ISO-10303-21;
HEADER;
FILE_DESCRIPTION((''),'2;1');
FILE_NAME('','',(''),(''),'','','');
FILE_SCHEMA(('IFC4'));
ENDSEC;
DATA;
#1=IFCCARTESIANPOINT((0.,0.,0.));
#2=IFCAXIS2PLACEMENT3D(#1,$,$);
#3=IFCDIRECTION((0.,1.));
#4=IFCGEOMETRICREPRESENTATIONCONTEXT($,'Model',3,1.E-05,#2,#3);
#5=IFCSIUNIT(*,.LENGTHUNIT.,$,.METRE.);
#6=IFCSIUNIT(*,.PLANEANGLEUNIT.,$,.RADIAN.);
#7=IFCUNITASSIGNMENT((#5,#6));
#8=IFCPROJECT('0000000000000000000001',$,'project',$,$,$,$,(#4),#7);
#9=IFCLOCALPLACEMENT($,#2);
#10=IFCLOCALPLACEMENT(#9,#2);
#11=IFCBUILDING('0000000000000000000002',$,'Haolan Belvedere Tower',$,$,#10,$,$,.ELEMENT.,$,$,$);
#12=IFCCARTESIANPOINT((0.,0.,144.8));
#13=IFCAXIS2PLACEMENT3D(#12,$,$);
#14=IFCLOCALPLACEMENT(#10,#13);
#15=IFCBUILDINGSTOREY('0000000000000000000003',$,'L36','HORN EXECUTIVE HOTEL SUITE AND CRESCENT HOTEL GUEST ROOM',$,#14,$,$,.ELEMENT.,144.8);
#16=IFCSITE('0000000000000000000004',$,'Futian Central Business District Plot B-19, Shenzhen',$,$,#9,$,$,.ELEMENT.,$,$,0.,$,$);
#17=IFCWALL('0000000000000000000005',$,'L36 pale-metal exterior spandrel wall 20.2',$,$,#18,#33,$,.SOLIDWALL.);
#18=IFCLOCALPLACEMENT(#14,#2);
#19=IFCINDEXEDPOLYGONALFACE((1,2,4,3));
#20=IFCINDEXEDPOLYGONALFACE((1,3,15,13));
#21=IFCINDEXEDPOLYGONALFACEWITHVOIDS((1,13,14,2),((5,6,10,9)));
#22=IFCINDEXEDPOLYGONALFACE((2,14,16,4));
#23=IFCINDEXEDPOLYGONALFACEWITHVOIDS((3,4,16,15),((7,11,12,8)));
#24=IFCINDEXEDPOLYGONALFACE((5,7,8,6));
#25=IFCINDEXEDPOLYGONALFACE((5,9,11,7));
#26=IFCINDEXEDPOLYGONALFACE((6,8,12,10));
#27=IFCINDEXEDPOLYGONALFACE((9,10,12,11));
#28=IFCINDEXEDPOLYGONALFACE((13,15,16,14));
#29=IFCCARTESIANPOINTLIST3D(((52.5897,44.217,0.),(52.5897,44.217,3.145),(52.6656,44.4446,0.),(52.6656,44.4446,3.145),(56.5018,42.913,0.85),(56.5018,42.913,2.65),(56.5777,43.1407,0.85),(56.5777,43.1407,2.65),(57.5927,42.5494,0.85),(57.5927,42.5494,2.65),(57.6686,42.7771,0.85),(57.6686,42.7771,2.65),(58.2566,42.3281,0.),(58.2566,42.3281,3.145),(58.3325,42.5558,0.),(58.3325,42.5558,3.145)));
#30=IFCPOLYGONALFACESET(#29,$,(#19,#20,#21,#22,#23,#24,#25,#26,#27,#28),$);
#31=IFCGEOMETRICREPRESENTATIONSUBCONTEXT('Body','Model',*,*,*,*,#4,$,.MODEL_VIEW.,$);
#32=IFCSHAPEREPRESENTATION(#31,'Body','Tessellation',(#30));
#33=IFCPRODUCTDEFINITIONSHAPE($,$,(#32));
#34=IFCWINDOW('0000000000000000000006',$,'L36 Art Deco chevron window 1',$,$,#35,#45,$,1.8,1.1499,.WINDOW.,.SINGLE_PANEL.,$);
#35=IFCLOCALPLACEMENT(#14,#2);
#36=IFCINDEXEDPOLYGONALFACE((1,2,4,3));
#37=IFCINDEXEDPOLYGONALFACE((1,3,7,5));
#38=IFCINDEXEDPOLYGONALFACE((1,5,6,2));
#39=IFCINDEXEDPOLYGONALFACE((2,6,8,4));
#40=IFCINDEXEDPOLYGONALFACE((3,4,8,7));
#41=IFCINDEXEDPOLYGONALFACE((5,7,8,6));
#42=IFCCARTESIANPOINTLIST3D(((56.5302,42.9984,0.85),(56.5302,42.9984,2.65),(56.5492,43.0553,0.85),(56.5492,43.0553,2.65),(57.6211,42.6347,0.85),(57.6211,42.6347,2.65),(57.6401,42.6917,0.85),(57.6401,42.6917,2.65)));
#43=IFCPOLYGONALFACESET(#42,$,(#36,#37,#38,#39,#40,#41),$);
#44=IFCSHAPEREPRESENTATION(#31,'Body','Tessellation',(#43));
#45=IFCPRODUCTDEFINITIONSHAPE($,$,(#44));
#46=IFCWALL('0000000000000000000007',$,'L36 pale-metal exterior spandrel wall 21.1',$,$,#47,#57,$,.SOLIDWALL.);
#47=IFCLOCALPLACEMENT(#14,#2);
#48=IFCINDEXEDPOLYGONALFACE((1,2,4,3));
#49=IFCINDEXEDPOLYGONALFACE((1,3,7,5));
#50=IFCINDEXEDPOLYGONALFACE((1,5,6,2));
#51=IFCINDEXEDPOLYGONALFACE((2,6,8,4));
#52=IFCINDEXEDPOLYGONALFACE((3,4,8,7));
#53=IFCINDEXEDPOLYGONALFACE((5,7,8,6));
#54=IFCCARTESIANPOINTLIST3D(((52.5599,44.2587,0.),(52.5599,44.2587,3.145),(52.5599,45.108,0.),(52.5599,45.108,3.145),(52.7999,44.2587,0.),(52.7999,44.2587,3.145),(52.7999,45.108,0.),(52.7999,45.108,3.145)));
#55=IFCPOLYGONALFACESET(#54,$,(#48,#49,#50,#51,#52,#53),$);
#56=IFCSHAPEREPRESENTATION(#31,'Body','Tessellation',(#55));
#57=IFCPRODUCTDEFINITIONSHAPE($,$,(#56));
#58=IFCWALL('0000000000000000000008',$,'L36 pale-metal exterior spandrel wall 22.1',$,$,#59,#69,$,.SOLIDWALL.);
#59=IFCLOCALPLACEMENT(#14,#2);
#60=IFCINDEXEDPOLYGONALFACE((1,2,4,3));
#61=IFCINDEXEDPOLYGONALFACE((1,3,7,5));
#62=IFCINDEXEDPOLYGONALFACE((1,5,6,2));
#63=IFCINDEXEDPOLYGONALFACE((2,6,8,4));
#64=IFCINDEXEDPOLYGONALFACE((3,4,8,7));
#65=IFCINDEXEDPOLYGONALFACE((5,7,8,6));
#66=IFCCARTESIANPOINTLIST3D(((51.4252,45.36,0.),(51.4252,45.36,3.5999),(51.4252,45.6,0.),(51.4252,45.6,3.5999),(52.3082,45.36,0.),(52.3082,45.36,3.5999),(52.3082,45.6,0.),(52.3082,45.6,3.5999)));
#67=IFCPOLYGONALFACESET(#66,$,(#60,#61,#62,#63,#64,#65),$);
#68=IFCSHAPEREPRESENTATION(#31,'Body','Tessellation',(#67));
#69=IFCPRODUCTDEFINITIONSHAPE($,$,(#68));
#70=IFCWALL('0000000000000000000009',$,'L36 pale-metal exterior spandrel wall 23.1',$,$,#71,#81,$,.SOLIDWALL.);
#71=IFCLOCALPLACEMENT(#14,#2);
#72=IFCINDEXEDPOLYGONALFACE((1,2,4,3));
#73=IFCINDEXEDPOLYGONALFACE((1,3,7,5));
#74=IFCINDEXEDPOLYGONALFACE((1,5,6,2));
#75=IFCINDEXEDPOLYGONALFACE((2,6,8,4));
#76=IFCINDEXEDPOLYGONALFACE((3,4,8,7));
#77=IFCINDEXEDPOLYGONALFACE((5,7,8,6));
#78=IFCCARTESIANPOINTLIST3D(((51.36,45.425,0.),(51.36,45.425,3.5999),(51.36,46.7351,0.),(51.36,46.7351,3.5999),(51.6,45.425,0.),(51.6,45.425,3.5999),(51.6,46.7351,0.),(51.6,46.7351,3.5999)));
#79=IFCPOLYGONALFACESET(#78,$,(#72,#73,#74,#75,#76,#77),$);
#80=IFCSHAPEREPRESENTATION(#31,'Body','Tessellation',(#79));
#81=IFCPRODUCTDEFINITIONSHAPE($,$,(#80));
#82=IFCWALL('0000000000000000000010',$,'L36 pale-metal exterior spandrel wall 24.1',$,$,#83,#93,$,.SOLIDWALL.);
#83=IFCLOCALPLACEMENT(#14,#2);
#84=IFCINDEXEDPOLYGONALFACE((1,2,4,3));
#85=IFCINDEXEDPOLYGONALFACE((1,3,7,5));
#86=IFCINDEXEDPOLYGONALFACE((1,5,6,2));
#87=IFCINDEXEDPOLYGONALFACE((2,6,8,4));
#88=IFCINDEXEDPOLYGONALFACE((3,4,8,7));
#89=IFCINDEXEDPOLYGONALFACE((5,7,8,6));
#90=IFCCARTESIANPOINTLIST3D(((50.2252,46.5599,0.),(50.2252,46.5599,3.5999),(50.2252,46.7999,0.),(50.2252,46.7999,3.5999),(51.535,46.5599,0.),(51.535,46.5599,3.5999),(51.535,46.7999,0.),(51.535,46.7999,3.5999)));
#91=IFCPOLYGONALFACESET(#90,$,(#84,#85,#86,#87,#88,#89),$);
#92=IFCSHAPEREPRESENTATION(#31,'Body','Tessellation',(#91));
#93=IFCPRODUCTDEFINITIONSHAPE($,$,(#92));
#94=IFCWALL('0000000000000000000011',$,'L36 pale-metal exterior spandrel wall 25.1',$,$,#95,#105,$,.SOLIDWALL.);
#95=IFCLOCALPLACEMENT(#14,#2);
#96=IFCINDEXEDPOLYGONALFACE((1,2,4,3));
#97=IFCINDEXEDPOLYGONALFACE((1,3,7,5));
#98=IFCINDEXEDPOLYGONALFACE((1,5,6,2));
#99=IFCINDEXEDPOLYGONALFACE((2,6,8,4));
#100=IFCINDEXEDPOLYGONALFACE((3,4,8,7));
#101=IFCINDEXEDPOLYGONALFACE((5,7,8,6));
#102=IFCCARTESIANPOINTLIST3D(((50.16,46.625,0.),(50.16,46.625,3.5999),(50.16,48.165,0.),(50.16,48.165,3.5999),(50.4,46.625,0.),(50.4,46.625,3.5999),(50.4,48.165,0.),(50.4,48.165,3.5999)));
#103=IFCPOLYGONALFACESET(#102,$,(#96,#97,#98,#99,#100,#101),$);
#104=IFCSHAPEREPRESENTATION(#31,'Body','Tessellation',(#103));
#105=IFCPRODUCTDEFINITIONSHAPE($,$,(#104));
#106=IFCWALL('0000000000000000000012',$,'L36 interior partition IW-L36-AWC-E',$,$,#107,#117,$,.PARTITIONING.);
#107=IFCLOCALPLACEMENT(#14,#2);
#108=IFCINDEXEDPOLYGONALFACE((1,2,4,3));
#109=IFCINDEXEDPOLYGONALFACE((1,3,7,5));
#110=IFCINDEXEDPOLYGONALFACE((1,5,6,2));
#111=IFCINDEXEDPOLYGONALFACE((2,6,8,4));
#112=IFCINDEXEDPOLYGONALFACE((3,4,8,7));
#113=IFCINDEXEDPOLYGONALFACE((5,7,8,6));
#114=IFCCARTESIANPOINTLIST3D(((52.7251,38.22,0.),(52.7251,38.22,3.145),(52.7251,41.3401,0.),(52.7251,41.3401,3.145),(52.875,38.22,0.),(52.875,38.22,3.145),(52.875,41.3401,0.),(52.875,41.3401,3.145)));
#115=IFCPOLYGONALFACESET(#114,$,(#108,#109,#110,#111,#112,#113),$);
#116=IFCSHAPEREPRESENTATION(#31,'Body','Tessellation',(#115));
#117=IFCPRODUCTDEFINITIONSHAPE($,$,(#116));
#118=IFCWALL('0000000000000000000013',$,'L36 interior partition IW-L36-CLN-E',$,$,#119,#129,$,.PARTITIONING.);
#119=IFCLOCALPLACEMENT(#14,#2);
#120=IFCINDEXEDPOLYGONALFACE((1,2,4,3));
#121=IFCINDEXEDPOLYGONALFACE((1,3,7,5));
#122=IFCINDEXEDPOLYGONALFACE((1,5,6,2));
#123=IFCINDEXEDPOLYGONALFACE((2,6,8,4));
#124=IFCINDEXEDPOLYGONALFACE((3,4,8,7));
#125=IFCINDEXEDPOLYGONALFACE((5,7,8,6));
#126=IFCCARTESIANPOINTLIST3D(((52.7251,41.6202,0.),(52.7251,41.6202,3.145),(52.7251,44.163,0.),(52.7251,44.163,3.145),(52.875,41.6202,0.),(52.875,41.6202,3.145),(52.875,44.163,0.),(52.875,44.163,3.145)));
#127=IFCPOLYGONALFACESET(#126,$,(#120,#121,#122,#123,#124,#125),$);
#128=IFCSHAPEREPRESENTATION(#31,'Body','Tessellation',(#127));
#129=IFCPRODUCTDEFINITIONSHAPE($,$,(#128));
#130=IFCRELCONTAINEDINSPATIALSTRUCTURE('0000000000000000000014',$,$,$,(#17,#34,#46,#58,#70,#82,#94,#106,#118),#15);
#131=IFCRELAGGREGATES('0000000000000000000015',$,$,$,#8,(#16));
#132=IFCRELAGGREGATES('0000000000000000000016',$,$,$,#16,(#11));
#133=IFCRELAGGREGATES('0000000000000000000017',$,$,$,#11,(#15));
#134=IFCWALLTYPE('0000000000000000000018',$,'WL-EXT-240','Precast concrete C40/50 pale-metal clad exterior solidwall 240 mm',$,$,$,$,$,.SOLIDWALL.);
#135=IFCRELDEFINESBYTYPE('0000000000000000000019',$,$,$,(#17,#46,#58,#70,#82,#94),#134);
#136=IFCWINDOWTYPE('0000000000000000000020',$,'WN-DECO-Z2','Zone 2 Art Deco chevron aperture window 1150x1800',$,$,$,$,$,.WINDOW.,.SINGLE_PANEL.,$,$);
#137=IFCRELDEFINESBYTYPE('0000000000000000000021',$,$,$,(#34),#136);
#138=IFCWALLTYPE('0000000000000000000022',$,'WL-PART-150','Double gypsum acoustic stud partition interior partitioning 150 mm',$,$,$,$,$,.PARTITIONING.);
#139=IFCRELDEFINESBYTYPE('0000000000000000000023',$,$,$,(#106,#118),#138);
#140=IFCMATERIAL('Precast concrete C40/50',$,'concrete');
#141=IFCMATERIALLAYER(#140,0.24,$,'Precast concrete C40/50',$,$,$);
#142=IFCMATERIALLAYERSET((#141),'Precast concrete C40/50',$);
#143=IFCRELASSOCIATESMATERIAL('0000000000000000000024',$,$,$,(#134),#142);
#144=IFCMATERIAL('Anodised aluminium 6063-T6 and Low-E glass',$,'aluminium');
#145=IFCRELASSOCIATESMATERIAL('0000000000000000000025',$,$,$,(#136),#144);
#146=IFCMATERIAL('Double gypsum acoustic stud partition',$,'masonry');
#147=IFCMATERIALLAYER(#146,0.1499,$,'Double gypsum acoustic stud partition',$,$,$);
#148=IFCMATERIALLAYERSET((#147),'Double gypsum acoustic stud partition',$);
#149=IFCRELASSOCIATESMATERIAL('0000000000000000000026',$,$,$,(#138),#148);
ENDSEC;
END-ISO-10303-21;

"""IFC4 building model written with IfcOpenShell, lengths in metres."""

from ifc_helpers import new_model, si_unit, direction, frame, frame_2d, origin, place, context, subcontext, project, spatial, rectangle, extrude, material, layer, layer_set, type_object, element, fill, save


model = new_model("IFC4")

# Units and contexts
model_context = context("Model", 3, precision=1e-05, world=origin(), true_north=direction((0.0, 1.0)))
body_context = subcontext(model_context, "Body", "Model", "MODEL_VIEW")
ifc_project = project(units=[si_unit("LENGTHUNIT", "METRE"), si_unit("PLANEANGLEUNIT", "RADIAN")], contexts=[model_context])

# Site, building, storey
site_placement = place(None, origin())
site = spatial("IfcSite", under=ifc_project, at=site_placement, Name="Futian Central Business District Plot B-19, Shenzhen", CompositionType="ELEMENT", RefElevation=0.0)
building_placement = place(site_placement, origin())
building = spatial("IfcBuilding", under=site, at=building_placement, Name="Haolan Belvedere Tower", CompositionType="ELEMENT")
storey_placement = place(building_placement, frame((0.0, 0.0, 144.8)))
storey = spatial("IfcBuildingStorey", under=building, at=storey_placement, Name="L36", Description="HORN EXECUTIVE HOTEL SUITE AND CRESCENT HOTEL GUEST ROOM", CompositionType="ELEMENT", Elevation=144.8)

# Shared definitions
ifc_material_1 = material(Name="Precast concrete C40/50", Category="concrete")
ifc_layer_1 = layer(ifc_material_1, 0.24, Name="Precast concrete C40/50")
ifc_layer_set_1 = layer_set([ifc_layer_1], Name="Precast concrete C40/50")
wall_type_1 = type_object("IfcWallType", Name="WL-EXT-240", Description="Precast concrete C40/50 pale-metal clad exterior solidwall 240 mm", PredefinedType="SOLIDWALL", material=ifc_layer_set_1)

# Shared definitions
ifc_material_2 = material(Name="Anodised aluminium 6063-T6 and Low-E glass", Category="aluminium")
window_type = type_object("IfcWindowType", Name="WN-DECO-Z2", Description="Zone 2 Art Deco chevron aperture window 1150x1800", PartitioningType="SINGLE_PANEL", PredefinedType="WINDOW", material=ifc_material_2)

# Wall, opening, window
wall_1_placement = place(storey_placement, frame((58.2947, 42.4419, 0.0), z_axis=(0.0, 0.0, 1.0), x_axis=(-0.948687, 0.316216, 0.0)))
wall_1 = element("IfcWall", 1, at=wall_1_placement, inside=storey, type_object=wall_type_1, Name="L36 pale-metal exterior spandrel wall 20.2", PredefinedType="SOLIDWALL", context=body_context, shape_type="SweptSolid", body=[
    extrude(rectangle(XDim=5.9734, YDim=0.24, at=frame_2d((2.9868, 0.0))), origin(), (0.0, 0.0, 1.0), 3.145),
])
opening_1_placement = place(wall_1_placement, frame((0.7, 0.0, 0.8501)))
opening_1 = element("IfcOpeningElement", 2, at=opening_1_placement, cuts=wall_1, PredefinedType="OPENING", context=body_context, shape_type="SweptSolid", body=[
    extrude(rectangle(XDim=1.1499, YDim=1.8, at=frame_2d((0.575, 0.8999))), frame((0.0, 0.1299, 0.0), z_axis=(0.0, -1.0, 0.0), x_axis=(1.0, 0.0, 0.0)), (0.0, 0.0, 1.0), 0.26),
])
window_1_placement = place(opening_1_placement, origin())
window_1 = element("IfcWindow", 3, at=window_1_placement, inside=storey, type_object=window_type, Name="L36 Art Deco chevron window 1", OverallHeight=1.8, OverallWidth=1.1499, PartitioningType="SINGLE_PANEL", PredefinedType="WINDOW", context=body_context, shape_type="SweptSolid", body=[
    extrude(rectangle(XDim=1.1499, YDim=1.8, at=frame_2d((0.575, 0.8999))), frame((0.0, 0.03, 0.0), z_axis=(0.0, -1.0, 0.0), x_axis=(1.0, 0.0, 0.0)), (0.0, 0.0, 1.0), 0.0601),
])
fill(opening_1, window_1)

# Walls
wall_2_placement = place(storey_placement, frame((52.6799, 44.2585, 0.0), z_axis=(0.0, 0.0, 1.0), x_axis=(0.0, 1.0, 0.0)))
element("IfcWall", 4, at=wall_2_placement, inside=storey, type_object=wall_type_1, Name="L36 pale-metal exterior spandrel wall 21.1", PredefinedType="SOLIDWALL", context=body_context, shape_type="SweptSolid", body=[
    extrude(rectangle(XDim=0.8494, YDim=0.24, at=frame_2d((0.4248, 0.0))), origin(), (0.0, 0.0, 1.0), 3.145),
])
wall_3_placement = place(storey_placement, frame((52.3081, 45.48, 0.0), z_axis=(0.0, 0.0, 1.0), x_axis=(-1.0, 0.0, 0.0)))
element("IfcWall", 5, at=wall_3_placement, inside=storey, type_object=wall_type_1, Name="L36 pale-metal exterior spandrel wall 22.1", PredefinedType="SOLIDWALL", context=body_context, shape_type="SweptSolid", body=[
    extrude(rectangle(XDim=0.8831, YDim=0.24, at=frame_2d((0.4414, 0.0))), origin(), (0.0, 0.0, 1.0), 3.5999),
])
wall_4_placement = place(storey_placement, frame((51.48, 45.425, 0.0), z_axis=(0.0, 0.0, 1.0), x_axis=(0.0, 1.0, 0.0)))
element("IfcWall", 6, at=wall_4_placement, inside=storey, type_object=wall_type_1, Name="L36 pale-metal exterior spandrel wall 23.1", PredefinedType="SOLIDWALL", context=body_context, shape_type="SweptSolid", body=[
    extrude(rectangle(XDim=1.3101, YDim=0.24, at=frame_2d((0.655, 0.0))), origin(), (0.0, 0.0, 1.0), 3.5999),
])
wall_5_placement = place(storey_placement, frame((51.5349, 46.6799, 0.0), z_axis=(0.0, 0.0, 1.0), x_axis=(-1.0, 0.0, 0.0)))
element("IfcWall", 7, at=wall_5_placement, inside=storey, type_object=wall_type_1, Name="L36 pale-metal exterior spandrel wall 24.1", PredefinedType="SOLIDWALL", context=body_context, shape_type="SweptSolid", body=[
    extrude(rectangle(XDim=1.3098, YDim=0.24, at=frame_2d((0.6548, 0.0))), origin(), (0.0, 0.0, 1.0), 3.5999),
])
wall_6_placement = place(storey_placement, frame((50.28, 46.625, 0.0), z_axis=(0.0, 0.0, 1.0), x_axis=(0.0, 1.0, 0.0)))
element("IfcWall", 8, at=wall_6_placement, inside=storey, type_object=wall_type_1, Name="L36 pale-metal exterior spandrel wall 25.1", PredefinedType="SOLIDWALL", context=body_context, shape_type="SweptSolid", body=[
    extrude(rectangle(XDim=1.54, YDim=0.24, at=frame_2d((0.77, 0.0))), origin(), (0.0, 0.0, 1.0), 3.5999),
])
ifc_material_3 = material(Name="Double gypsum acoustic stud partition", Category="masonry")
ifc_layer_2 = layer(ifc_material_3, 0.1499, Name="Double gypsum acoustic stud partition")
ifc_layer_set_2 = layer_set([ifc_layer_2], Name="Double gypsum acoustic stud partition")
wall_type_2 = type_object("IfcWallType", Name="WL-PART-150", Description="Double gypsum acoustic stud partition interior partitioning 150 mm", PredefinedType="PARTITIONING", material=ifc_layer_set_2)
wall_7_placement = place(storey_placement, frame((52.8, 38.22, 0.0), z_axis=(0.0, 0.0, 1.0), x_axis=(0.0, 1.0, 0.0)))
element("IfcWall", 9, at=wall_7_placement, inside=storey, type_object=wall_type_2, Name="L36 interior partition IW-L36-AWC-E", PredefinedType="PARTITIONING", context=body_context, shape_type="SweptSolid", body=[
    extrude(rectangle(XDim=3.1201, YDim=0.1499, at=frame_2d((1.5601, 0.0))), origin(), (0.0, 0.0, 1.0), 3.145),
])
wall_8_placement = place(storey_placement, frame((52.8, 41.6201, 0.0), z_axis=(0.0, 0.0, 1.0), x_axis=(0.0, 1.0, 0.0)))
element("IfcWall", 10, at=wall_8_placement, inside=storey, type_object=wall_type_2, Name="L36 interior partition IW-L36-CLN-E", PredefinedType="PARTITIONING", context=body_context, shape_type="SweptSolid", body=[
    extrude(rectangle(XDim=2.5427, YDim=0.1499, at=frame_2d((1.2715, 0.0))), origin(), (0.0, 0.0, 1.0), 3.145),
])

save(model, "model.ifc")
